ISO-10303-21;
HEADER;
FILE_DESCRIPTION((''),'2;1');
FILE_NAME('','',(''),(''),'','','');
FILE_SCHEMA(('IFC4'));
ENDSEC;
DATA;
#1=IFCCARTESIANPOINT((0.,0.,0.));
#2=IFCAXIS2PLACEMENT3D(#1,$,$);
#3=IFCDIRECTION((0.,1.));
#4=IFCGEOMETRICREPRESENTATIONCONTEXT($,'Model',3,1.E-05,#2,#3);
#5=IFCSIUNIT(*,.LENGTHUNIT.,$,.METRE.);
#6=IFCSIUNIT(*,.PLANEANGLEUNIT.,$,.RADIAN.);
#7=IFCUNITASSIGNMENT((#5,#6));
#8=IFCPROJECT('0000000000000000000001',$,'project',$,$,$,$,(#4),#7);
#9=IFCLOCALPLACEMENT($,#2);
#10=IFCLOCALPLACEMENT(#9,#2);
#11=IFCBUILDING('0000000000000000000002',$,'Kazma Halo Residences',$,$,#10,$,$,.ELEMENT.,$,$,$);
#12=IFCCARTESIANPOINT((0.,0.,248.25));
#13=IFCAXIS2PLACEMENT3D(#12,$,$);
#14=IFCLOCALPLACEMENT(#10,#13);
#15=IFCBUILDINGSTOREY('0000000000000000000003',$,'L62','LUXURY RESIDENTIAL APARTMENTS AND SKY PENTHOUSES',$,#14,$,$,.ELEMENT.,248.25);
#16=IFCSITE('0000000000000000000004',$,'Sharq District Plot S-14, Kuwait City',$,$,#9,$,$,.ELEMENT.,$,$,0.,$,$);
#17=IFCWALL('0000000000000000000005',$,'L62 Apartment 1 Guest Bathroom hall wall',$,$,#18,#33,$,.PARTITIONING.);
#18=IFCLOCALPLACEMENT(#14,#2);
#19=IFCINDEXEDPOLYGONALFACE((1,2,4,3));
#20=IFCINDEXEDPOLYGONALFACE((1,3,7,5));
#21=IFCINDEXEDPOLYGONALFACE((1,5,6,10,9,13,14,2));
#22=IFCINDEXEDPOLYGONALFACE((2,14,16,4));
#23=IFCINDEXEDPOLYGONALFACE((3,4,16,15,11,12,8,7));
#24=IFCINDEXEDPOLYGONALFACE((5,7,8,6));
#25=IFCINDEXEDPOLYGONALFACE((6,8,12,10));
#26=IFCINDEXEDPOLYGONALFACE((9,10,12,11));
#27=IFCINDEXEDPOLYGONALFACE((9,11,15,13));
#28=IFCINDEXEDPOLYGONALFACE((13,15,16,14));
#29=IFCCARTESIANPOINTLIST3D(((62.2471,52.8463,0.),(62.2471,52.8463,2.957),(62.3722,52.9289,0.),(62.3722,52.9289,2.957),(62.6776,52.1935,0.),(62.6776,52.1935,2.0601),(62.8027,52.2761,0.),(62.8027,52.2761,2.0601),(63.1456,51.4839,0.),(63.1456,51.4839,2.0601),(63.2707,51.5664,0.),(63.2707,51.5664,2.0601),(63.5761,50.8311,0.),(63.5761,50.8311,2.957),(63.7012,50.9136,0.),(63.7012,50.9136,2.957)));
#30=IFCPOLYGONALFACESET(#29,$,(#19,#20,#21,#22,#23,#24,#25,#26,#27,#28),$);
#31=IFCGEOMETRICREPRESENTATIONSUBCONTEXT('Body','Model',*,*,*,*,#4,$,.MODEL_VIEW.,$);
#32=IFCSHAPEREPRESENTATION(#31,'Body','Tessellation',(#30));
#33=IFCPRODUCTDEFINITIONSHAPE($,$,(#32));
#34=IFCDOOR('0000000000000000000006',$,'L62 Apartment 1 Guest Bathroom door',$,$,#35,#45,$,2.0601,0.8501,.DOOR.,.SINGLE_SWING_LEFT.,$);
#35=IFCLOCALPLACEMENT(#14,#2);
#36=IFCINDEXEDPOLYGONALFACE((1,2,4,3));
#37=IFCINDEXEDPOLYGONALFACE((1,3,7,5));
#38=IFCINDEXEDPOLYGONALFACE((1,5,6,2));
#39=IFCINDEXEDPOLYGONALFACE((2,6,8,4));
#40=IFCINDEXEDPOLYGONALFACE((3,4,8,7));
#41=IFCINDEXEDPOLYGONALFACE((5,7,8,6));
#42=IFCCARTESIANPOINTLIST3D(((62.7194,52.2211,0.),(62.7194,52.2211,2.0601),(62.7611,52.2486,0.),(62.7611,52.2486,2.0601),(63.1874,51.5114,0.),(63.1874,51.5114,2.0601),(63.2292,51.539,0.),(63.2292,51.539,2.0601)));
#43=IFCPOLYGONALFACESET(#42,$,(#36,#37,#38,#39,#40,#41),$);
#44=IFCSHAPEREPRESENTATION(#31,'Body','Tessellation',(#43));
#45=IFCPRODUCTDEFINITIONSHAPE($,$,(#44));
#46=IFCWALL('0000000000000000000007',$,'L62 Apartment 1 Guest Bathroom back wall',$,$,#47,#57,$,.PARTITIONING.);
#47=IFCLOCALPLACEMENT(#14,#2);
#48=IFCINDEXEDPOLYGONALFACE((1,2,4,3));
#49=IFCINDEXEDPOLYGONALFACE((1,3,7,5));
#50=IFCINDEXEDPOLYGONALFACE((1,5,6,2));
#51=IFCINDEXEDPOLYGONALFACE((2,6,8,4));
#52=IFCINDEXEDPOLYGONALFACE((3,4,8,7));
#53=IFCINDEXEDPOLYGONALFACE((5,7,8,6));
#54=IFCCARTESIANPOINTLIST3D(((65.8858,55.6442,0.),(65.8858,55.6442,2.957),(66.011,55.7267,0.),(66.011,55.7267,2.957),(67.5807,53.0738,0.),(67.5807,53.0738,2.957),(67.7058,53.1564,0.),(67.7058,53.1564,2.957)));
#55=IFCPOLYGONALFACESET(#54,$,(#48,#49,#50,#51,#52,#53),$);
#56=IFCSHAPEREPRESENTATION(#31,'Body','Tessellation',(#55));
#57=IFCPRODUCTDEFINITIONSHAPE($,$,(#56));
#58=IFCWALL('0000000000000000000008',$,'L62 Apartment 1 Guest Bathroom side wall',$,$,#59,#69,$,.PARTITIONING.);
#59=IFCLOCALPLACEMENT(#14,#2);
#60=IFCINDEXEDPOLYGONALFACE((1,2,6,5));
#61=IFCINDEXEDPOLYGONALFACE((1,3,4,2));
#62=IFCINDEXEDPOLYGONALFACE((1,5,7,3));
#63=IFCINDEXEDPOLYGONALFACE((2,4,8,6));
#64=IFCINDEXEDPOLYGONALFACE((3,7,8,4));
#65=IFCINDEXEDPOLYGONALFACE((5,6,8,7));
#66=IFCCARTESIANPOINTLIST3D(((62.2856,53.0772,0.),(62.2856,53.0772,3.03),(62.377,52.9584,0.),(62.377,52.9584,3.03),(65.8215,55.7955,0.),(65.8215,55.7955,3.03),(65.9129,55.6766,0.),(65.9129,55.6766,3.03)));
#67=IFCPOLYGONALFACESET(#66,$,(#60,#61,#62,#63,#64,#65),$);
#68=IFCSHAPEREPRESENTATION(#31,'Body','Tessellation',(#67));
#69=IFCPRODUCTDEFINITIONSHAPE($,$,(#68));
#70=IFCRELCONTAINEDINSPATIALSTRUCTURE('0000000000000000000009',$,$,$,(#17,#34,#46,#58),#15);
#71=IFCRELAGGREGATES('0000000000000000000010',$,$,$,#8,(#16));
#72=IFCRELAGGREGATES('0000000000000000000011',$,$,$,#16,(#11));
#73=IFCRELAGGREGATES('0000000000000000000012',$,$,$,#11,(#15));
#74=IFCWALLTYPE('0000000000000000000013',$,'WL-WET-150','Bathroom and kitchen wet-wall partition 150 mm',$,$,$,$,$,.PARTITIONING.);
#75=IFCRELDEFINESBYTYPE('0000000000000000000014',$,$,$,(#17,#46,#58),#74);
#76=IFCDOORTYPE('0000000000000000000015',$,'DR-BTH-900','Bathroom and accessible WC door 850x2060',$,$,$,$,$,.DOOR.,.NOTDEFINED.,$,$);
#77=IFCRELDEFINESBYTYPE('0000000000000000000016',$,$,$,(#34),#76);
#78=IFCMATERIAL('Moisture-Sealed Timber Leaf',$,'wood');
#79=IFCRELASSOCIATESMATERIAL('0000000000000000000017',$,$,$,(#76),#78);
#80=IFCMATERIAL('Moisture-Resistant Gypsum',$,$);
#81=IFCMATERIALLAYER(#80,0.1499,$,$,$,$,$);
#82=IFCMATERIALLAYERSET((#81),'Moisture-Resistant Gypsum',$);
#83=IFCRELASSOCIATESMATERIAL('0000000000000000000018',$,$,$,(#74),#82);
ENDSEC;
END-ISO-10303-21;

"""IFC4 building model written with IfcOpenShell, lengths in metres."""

from ifc_helpers import new_model, si_unit, direction, frame, frame_2d, origin, place, context, subcontext, project, spatial, rectangle, extrude, material, layer, layer_set, type_object, element, fill, save


model = new_model("IFC4")

# Units and contexts
model_context = context("Model", 3, precision=1e-05, world=origin(), true_north=direction((0.0, 1.0)))
body_context = subcontext(model_context, "Body", "Model", "MODEL_VIEW")
ifc_project = project(units=[si_unit("LENGTHUNIT", "METRE"), si_unit("PLANEANGLEUNIT", "RADIAN")], contexts=[model_context])

# Site, building, storey
site_placement = place(None, origin())
site = spatial("IfcSite", under=ifc_project, at=site_placement, Name="Sharq District Plot S-14, Kuwait City", CompositionType="ELEMENT", RefElevation=0.0)
building_placement = place(site_placement, origin())
building = spatial("IfcBuilding", under=site, at=building_placement, Name="Kazma Halo Residences", CompositionType="ELEMENT")
storey_placement = place(building_placement, frame((0.0, 0.0, 248.25)))
storey = spatial("IfcBuildingStorey", under=building, at=storey_placement, Name="L62", Description="LUXURY RESIDENTIAL APARTMENTS AND SKY PENTHOUSES", CompositionType="ELEMENT", Elevation=248.25)

# Shared definitions
ifc_material_1 = material(Name="Moisture-Sealed Timber Leaf", Category="wood")
door_type = type_object("IfcDoorType", Name="DR-BTH-900", Description="Bathroom and accessible WC door 850x2060", OperationType="NOTDEFINED", PredefinedType="DOOR", material=ifc_material_1)

# Wall, opening, door
ifc_material_2 = material(Name="Moisture-Resistant Gypsum")
ifc_layer_1 = layer(ifc_material_2, 0.1499)
ifc_layer_set_1 = layer_set([ifc_layer_1], Name="Moisture-Resistant Gypsum")
wall_type_1 = type_object("IfcWallType", Name="WL-WET-150", Description="Bathroom and kitchen wet-wall partition 150 mm", PredefinedType="PARTITIONING", material=ifc_layer_set_1)
wall_1_placement = place(storey_placement, frame((63.6387, 50.8723, 0.0), z_axis=(0.0, 0.0, 1.0), x_axis=(-0.550539, 0.834809, 0.0)))
wall_1 = element("IfcWall", 1, at=wall_1_placement, inside=storey, type_object=wall_type_1, Name="L62 Apartment 1 Guest Bathroom hall wall", PredefinedType="PARTITIONING", context=body_context, shape_type="SweptSolid", body=[
    extrude(rectangle(XDim=2.4141, YDim=0.1499, at=frame_2d((1.207, 0.0))), origin(), (0.0, 0.0, 1.0), 2.957),
])
opening_1_placement = place(wall_1_placement, frame((0.782, 0.0, 0.0)))
opening_1 = element("IfcOpeningElement", 2, at=opening_1_placement, cuts=wall_1, PredefinedType="OPENING", context=body_context, shape_type="SweptSolid", body=[
    extrude(rectangle(XDim=0.8501, YDim=2.0601, at=frame_2d((0.425, 1.03))), frame((0.0, 0.085, 0.0), z_axis=(0.0, -1.0, 0.0), x_axis=(1.0, 0.0, 0.0)), (0.0, 0.0, 1.0), 0.1699),
])
door_1_placement = place(opening_1_placement, origin())
door_1 = element("IfcDoor", 3, at=door_1_placement, inside=storey, type_object=door_type, Name="L62 Apartment 1 Guest Bathroom door", OperationType="SINGLE_SWING_LEFT", OverallHeight=2.0601, OverallWidth=0.8501, PredefinedType="DOOR", context=body_context, shape_type="SweptSolid", body=[
    extrude(rectangle(XDim=0.8501, YDim=2.0601, at=frame_2d((0.425, 1.03))), frame((0.0, 0.0249, 0.0), z_axis=(0.0, -1.0, 0.0), x_axis=(1.0, 0.0, 0.0)), (0.0, 0.0, 1.0), 0.05),
])
fill(opening_1, door_1)

# Walls
wall_2_placement = place(storey_placement, frame((67.6433, 53.115, 0.0), z_axis=(0.0, 0.0, 1.0), x_axis=(-0.550484, 0.834846, 0.0)))
element("IfcWall", 4, at=wall_2_placement, inside=storey, type_object=wall_type_1, Name="L62 Apartment 1 Guest Bathroom back wall", PredefinedType="PARTITIONING", context=body_context, shape_type="SweptSolid", body=[
    extrude(rectangle(XDim=3.0789, YDim=0.1499, at=frame_2d((1.5396, 0.0))), origin(), (0.0, 0.0, 1.0), 2.957),
])
wall_3_placement = place(storey_placement, frame((62.3313, 53.0178, 0.0), z_axis=(0.0, 0.0, 1.0), x_axis=(0.792803, 0.609478, 0.0)))
element("IfcWall", 5, at=wall_3_placement, inside=storey, type_object=wall_type_1, Name="L62 Apartment 1 Guest Bathroom side wall", PredefinedType="PARTITIONING", context=body_context, shape_type="SweptSolid", body=[
    extrude(rectangle(XDim=4.46, YDim=0.1499, at=frame_2d((2.23, 0.0))), origin(), (0.0, 0.0, 1.0), 3.03),
])

save(model, "model.ifc")
